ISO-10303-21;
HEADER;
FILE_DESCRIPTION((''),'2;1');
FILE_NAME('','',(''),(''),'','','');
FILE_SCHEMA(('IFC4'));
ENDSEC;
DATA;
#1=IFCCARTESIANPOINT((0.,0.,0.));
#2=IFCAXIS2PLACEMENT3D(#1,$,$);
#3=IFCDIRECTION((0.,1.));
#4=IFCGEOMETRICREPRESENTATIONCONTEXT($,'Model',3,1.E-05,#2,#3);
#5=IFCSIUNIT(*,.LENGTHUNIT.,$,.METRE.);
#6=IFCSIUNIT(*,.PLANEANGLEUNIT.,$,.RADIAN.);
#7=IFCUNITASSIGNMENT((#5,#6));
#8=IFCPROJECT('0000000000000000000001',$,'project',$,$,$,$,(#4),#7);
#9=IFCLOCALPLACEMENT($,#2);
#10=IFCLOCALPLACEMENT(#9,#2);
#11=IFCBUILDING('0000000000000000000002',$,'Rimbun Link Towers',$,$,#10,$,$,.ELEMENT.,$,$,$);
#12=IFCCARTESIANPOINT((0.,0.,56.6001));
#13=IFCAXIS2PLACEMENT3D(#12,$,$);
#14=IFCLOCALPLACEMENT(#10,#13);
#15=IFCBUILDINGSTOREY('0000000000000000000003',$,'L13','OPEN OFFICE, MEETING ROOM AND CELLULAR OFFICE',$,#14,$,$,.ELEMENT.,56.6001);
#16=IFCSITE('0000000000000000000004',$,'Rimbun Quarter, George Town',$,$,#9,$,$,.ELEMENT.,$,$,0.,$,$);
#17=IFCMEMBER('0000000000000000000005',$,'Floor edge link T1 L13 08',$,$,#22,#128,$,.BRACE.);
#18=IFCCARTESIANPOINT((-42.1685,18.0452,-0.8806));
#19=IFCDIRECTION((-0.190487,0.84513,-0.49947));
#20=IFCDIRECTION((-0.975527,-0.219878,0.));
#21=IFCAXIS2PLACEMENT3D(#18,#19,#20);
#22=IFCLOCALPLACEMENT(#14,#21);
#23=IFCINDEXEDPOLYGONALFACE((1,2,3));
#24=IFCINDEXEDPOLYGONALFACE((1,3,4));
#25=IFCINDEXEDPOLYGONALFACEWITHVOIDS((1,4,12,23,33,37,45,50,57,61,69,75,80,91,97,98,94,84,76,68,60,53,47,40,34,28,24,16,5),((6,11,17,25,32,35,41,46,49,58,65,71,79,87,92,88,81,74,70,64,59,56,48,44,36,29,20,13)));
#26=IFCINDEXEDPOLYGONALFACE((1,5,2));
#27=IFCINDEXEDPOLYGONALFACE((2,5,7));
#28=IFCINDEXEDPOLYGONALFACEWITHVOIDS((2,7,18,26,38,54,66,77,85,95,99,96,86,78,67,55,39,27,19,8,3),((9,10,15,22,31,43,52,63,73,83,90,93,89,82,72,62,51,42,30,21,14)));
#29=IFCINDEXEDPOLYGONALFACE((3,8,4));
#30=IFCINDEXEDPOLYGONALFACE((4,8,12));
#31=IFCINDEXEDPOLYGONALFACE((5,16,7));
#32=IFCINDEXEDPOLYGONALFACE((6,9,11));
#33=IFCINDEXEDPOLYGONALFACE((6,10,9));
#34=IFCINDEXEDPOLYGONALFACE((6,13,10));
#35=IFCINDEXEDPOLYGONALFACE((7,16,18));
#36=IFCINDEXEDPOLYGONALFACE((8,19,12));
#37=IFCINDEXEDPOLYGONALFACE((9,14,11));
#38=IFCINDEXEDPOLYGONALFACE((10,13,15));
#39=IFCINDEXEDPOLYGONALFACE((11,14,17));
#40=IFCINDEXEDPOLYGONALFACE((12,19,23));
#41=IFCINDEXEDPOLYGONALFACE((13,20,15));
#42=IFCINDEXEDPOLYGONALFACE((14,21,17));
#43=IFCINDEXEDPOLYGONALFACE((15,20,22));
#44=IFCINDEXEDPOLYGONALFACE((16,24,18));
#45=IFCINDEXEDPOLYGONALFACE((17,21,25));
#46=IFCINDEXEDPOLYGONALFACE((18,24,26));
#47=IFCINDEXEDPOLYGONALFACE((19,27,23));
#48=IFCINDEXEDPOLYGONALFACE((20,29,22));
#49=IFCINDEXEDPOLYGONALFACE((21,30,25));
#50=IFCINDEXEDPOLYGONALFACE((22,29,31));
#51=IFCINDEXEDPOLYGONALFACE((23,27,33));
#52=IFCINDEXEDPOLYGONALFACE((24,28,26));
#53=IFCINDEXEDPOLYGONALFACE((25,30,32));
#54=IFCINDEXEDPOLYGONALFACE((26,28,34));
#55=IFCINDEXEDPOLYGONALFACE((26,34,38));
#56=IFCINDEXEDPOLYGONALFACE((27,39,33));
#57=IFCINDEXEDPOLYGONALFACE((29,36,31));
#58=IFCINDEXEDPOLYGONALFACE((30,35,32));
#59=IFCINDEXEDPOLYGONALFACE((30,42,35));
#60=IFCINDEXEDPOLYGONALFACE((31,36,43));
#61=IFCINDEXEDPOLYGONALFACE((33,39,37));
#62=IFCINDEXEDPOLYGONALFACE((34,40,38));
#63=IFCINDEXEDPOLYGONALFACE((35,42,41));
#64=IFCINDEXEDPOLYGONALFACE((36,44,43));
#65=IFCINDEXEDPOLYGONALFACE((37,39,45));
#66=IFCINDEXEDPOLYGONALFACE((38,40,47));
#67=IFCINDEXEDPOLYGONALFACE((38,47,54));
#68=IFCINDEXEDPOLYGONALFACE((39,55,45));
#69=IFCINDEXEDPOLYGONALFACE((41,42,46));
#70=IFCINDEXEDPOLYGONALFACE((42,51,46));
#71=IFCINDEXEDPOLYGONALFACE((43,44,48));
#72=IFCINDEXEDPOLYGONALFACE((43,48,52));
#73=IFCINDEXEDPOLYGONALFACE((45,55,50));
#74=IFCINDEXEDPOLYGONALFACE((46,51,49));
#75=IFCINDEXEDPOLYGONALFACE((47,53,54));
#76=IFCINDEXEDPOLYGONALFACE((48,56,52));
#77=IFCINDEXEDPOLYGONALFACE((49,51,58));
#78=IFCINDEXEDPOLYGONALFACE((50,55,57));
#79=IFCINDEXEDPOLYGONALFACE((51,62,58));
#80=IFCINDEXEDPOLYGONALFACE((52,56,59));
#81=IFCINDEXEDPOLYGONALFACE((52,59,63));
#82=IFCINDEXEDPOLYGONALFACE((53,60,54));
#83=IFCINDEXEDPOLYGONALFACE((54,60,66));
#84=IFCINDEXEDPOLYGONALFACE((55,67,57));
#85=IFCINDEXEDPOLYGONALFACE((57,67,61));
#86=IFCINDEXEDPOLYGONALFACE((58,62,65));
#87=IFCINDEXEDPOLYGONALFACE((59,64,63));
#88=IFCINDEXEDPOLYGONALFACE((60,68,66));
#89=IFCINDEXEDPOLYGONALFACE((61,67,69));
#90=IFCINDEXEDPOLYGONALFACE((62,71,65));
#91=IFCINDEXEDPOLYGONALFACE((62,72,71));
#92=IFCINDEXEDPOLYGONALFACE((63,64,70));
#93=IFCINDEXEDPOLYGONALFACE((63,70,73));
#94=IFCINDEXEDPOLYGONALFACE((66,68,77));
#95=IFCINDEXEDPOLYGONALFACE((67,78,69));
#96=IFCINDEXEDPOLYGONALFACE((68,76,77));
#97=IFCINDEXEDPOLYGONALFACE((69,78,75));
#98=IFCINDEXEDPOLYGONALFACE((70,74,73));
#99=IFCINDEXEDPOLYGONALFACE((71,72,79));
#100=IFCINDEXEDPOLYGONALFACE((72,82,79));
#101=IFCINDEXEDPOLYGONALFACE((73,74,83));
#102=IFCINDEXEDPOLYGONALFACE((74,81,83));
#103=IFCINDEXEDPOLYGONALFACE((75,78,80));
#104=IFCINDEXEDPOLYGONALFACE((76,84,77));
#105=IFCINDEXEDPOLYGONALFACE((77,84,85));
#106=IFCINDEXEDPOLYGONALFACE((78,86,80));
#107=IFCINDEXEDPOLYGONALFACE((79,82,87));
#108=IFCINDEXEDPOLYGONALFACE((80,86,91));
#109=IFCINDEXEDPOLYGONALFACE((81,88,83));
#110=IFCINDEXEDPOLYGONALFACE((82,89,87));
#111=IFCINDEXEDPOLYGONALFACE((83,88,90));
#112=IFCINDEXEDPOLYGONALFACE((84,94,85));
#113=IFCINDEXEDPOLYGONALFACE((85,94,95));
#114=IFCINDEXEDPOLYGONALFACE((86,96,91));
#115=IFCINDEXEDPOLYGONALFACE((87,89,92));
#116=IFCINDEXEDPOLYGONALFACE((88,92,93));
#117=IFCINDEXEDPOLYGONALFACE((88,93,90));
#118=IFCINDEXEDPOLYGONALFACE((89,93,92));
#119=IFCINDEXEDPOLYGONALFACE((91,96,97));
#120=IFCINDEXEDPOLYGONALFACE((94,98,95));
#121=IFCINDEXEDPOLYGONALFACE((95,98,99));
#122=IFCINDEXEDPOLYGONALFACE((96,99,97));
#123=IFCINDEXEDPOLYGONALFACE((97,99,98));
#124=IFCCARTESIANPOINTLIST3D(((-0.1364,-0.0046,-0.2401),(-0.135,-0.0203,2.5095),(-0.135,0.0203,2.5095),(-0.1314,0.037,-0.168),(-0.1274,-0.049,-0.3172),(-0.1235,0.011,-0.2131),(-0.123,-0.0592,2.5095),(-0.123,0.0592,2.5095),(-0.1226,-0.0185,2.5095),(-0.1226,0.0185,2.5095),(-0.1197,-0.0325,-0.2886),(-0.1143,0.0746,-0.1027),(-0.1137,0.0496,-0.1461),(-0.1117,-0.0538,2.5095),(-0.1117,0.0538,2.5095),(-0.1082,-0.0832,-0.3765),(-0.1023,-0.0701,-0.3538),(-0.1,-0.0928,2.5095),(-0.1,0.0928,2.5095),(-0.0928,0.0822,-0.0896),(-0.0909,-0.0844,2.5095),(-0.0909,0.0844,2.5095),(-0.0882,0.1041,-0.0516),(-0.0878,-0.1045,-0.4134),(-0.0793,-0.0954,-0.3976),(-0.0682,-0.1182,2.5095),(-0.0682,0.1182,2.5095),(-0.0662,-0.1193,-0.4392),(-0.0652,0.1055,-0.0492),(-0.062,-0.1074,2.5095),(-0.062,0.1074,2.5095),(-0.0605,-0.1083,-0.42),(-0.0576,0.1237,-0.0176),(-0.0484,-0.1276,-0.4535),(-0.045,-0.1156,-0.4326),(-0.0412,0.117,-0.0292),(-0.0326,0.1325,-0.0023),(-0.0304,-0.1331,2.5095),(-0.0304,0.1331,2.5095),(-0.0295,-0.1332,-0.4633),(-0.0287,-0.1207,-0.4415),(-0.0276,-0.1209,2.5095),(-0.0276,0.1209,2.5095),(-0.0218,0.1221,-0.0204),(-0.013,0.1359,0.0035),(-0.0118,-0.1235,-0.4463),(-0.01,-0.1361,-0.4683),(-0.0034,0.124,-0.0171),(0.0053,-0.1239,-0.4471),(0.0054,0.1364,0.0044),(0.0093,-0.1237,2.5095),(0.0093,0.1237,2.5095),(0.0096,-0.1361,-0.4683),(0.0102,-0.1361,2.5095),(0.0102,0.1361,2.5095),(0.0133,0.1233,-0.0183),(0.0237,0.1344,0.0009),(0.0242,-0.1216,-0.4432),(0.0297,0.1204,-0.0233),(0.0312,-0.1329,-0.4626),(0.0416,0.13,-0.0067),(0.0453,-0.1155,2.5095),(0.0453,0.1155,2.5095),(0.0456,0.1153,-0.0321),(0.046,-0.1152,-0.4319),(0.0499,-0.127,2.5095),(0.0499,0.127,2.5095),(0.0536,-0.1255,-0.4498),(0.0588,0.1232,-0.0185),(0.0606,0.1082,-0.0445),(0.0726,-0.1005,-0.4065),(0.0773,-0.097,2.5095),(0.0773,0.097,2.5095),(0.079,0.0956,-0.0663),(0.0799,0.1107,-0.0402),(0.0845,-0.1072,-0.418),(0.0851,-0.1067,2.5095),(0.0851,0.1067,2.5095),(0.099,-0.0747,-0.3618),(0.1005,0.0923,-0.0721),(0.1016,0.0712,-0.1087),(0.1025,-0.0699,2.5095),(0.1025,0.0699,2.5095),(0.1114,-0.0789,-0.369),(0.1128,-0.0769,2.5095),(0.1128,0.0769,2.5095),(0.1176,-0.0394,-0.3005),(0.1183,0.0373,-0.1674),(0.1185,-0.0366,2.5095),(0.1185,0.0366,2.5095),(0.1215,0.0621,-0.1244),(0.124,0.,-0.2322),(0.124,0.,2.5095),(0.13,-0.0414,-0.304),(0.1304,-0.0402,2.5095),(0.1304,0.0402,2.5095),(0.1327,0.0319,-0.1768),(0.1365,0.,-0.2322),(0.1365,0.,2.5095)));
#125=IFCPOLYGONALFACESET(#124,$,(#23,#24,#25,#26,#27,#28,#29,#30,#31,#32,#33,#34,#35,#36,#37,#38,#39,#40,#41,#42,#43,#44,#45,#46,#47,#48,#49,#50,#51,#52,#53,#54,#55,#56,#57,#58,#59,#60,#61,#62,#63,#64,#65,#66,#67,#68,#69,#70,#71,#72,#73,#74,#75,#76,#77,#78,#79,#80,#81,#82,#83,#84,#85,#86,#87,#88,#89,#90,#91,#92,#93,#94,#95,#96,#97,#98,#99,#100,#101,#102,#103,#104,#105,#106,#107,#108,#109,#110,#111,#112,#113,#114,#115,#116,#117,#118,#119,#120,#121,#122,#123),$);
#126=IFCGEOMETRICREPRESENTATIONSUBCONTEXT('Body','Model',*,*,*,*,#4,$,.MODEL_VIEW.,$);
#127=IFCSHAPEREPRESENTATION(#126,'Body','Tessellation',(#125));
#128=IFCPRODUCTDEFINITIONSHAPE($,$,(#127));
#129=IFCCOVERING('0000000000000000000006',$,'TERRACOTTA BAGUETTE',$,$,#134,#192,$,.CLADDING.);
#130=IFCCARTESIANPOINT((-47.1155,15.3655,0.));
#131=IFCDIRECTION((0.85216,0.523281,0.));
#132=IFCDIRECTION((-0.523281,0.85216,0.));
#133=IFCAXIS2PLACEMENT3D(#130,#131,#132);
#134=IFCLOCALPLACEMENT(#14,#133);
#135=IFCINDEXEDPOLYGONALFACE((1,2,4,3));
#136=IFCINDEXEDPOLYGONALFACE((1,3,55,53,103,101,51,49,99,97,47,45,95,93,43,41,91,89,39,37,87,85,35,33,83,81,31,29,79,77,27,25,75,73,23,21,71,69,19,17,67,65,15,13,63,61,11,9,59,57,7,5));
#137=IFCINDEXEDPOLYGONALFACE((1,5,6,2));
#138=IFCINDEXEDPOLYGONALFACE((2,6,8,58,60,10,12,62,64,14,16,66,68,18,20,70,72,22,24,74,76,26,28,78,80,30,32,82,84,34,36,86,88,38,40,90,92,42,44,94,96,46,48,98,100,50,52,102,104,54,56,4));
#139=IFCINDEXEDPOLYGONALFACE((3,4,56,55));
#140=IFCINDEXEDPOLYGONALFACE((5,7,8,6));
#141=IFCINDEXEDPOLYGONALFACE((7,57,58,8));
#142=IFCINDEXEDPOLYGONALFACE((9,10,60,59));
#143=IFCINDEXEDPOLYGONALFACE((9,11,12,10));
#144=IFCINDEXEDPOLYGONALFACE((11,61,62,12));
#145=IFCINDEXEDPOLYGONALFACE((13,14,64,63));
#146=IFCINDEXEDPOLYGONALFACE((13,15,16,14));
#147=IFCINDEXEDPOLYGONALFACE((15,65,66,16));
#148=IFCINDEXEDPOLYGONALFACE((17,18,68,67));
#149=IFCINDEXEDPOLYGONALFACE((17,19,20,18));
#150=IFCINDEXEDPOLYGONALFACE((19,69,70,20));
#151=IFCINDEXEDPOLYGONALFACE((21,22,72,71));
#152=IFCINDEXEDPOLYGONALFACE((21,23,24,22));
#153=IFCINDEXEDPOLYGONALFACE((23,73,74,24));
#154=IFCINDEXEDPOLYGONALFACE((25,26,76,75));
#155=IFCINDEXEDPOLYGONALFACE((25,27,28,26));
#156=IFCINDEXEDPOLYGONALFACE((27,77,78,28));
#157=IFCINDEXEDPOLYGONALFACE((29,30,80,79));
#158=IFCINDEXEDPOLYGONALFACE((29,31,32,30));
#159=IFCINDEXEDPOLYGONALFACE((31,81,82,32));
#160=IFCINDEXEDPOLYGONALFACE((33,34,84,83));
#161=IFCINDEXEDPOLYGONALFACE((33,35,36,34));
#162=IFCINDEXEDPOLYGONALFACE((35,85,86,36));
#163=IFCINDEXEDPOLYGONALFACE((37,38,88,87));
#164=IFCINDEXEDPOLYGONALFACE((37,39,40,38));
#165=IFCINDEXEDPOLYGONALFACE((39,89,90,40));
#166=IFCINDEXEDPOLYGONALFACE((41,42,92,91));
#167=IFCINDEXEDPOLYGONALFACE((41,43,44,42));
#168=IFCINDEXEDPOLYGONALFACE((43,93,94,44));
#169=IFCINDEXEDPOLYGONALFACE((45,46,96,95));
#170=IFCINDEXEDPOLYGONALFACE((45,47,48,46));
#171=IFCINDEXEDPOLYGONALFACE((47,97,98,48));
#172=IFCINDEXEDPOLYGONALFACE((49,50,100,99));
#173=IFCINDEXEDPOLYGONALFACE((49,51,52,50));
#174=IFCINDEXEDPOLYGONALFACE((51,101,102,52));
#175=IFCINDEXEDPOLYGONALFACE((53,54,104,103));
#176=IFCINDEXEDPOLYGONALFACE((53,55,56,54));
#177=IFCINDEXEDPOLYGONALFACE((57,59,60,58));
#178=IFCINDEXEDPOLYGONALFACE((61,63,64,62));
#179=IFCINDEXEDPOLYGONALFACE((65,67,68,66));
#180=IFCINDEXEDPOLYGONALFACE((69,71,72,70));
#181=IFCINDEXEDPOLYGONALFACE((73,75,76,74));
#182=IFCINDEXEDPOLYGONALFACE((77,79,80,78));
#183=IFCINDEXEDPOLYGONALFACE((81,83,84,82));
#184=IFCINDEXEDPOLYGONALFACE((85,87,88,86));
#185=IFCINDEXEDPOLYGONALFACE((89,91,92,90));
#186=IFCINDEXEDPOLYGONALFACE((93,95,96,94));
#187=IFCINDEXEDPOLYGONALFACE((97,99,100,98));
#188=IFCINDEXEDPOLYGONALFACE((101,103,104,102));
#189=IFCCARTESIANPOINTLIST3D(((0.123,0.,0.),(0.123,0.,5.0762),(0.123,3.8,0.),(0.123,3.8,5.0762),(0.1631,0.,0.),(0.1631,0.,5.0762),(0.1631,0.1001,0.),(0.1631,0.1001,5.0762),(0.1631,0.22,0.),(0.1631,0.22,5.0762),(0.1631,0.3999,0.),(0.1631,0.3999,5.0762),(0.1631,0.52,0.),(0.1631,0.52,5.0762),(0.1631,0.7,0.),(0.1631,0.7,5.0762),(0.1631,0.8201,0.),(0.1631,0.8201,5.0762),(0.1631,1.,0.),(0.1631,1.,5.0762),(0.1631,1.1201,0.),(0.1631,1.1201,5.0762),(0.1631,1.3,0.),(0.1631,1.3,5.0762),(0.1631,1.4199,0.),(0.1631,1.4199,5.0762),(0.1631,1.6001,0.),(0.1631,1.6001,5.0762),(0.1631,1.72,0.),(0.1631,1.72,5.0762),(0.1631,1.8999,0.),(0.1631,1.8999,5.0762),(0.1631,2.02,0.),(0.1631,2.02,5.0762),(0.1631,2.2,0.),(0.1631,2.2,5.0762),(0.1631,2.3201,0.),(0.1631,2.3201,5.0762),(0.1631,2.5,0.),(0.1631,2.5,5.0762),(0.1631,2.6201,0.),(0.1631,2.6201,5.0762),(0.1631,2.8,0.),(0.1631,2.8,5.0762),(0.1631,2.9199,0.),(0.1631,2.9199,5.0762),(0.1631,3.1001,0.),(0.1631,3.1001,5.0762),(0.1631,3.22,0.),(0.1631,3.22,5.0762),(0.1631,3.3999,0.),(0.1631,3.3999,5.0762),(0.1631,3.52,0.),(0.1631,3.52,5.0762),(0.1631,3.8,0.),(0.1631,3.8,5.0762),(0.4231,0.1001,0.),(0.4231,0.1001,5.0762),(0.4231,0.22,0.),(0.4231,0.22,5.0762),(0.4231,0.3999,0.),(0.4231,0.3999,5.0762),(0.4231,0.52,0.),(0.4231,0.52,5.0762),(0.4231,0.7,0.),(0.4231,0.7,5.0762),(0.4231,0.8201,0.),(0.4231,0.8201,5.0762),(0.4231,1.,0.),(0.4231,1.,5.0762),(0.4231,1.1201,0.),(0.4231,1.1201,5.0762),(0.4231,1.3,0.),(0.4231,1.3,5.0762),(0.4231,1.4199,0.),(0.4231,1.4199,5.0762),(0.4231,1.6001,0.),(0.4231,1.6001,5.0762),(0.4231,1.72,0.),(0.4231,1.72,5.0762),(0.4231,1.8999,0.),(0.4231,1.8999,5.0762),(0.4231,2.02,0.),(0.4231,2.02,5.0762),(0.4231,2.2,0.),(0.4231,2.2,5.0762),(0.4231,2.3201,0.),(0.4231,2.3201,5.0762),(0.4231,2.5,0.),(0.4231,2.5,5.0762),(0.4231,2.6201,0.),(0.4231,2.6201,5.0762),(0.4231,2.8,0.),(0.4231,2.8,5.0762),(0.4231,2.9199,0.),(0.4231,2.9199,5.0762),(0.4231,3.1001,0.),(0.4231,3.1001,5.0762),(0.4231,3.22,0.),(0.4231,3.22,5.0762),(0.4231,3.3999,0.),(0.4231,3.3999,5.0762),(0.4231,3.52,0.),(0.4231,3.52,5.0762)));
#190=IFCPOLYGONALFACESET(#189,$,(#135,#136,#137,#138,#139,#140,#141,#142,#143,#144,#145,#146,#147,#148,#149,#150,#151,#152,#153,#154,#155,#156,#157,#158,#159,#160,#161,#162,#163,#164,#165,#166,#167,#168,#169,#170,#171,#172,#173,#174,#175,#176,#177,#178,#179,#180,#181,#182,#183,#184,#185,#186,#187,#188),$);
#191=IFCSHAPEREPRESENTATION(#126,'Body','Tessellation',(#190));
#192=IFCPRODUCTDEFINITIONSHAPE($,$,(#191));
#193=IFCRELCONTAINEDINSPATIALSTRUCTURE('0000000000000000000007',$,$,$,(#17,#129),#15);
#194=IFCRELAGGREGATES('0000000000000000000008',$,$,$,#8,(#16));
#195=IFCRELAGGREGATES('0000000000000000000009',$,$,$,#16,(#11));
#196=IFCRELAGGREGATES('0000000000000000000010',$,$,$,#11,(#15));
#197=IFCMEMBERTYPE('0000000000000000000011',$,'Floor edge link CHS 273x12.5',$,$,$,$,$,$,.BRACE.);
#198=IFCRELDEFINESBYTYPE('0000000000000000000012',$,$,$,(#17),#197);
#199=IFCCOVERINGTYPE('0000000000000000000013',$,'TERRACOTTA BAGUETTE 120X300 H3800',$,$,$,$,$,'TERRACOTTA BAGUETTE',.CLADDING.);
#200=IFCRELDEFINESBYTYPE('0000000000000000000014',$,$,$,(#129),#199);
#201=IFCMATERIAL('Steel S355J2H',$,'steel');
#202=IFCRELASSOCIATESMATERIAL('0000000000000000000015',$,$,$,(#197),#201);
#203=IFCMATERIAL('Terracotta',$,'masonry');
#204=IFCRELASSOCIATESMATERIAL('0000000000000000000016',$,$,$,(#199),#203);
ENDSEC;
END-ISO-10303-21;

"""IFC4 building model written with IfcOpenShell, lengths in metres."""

from ifc_helpers import new_model, si_unit, direction, frame, origin, origin_2d, place, context, subcontext, project, spatial, polyline, hollow_circle, outline, extrude, clip, halfspace, material, material_profile, profile_set, type_object, element, save


model = new_model("IFC4")

# Units and contexts
model_context = context("Model", 3, precision=1e-05, world=origin(), true_north=direction((0.0, 1.0)))
body_context = subcontext(model_context, "Body", "Model", "MODEL_VIEW")
ifc_project = project(units=[si_unit("LENGTHUNIT", "METRE"), si_unit("PLANEANGLEUNIT", "RADIAN")], contexts=[model_context])

# Site, building, storey
site_placement = place(None, origin())
site = spatial("IfcSite", under=ifc_project, at=site_placement, Name="Rimbun Quarter, George Town", CompositionType="ELEMENT", RefElevation=0.0)
building_placement = place(site_placement, origin())
building = spatial("IfcBuilding", under=site, at=building_placement, Name="Rimbun Link Towers", CompositionType="ELEMENT")
storey_placement = place(building_placement, frame((0.0, 0.0, 56.6001)))
storey = spatial("IfcBuildingStorey", under=building, at=storey_placement, Name="L13", Description="OPEN OFFICE, MEETING ROOM AND CELLULAR OFFICE", CompositionType="ELEMENT", Elevation=56.6001)

# Member
ifc_material_1 = material(Name="Steel S355J2H", Category="steel")
ifc_material_profile_1 = material_profile(ifc_material_1, hollow_circle(Radius=0.1365, WallThickness=0.0125, at=origin_2d()), Name="CHS 273x12.5")
ifc_profile_set_1 = profile_set([ifc_material_profile_1], Name="Steel S355J2H")
member_type_1 = type_object("IfcMemberType", Name="Floor edge link CHS 273x12.5", PredefinedType="BRACE", material=ifc_profile_set_1)
member_1_placement = place(storey_placement, frame((-42.1685, 18.0452, -0.8806), z_axis=(-0.190487, 0.84513, -0.49947), x_axis=(-0.975527, -0.219878, 0.0)))
element("IfcMember", 1, at=member_1_placement, inside=storey, type_object=member_type_1, Name="Floor edge link T1 L13 08", PredefinedType="BRACE", context=body_context, shape_type="Clipping", body=[
    clip(extrude(hollow_circle(Radius=0.1365, WallThickness=0.0125, at=origin_2d()), frame((0.0, 0.0, -0.4934)), (0.0, 0.0, 1.0), 3.0029), halfspace(frame((0.0, 0.0, -0.2322), z_axis=(0.0, 0.866331, -0.49947)), False)),
])

# Covering
ifc_material_2 = material(Name="Terracotta", Category="masonry")
ifc_material_profile_2 = material_profile(ifc_material_2, outline(polyline([(0.123, 0.0), (0.1631, 0.0), (0.1631, 0.1001), (0.4231, 0.1001), (0.4231, 0.22), (0.1631, 0.22), (0.1631, 0.3999), (0.4231, 0.3999), (0.4231, 0.52), (0.1631, 0.52), (0.1631, 0.7), (0.4231, 0.7), (0.4231, 0.8201), (0.1631, 0.8201), (0.1631, 1.0), (0.4231, 1.0), (0.4231, 1.1201), (0.1631, 1.1201), (0.1631, 1.3), (0.4231, 1.3), (0.4231, 1.4199), (0.1631, 1.4199), (0.1631, 1.6001), (0.4231, 1.6001), (0.4231, 1.72), (0.1631, 1.72), (0.1631, 1.8999), (0.4231, 1.8999), (0.4231, 2.02), (0.1631, 2.02), (0.1631, 2.2), (0.4231, 2.2), (0.4231, 2.3201), (0.1631, 2.3201), (0.1631, 2.5), (0.4231, 2.5), (0.4231, 2.6201), (0.1631, 2.6201), (0.1631, 2.8), (0.4231, 2.8), (0.4231, 2.9199), (0.1631, 2.9199), (0.1631, 3.1001), (0.4231, 3.1001), (0.4231, 3.22), (0.1631, 3.22), (0.1631, 3.3999), (0.4231, 3.3999), (0.4231, 3.52), (0.1631, 3.52), (0.1631, 3.8), (0.123, 3.8), (0.123, 0.0)])), Name="BAGUETTE 120X300")
ifc_profile_set_2 = profile_set([ifc_material_profile_2], Name="Terracotta")
covering_type = type_object("IfcCoveringType", Name="TERRACOTTA BAGUETTE 120X300 H3800", ElementType="TERRACOTTA BAGUETTE", PredefinedType="CLADDING", material=ifc_profile_set_2)
covering_1_placement = place(storey_placement, frame((-47.1155, 15.3655, 0.0), z_axis=(0.85216, 0.523281, 0.0), x_axis=(-0.523281, 0.85216, 0.0)))
element("IfcCovering", 2, at=covering_1_placement, inside=storey, type_object=covering_type, Name="TERRACOTTA BAGUETTE", PredefinedType="CLADDING", context=body_context, shape_type="SweptSolid", body=[
    extrude(outline(polyline([(0.123, 0.0), (0.1631, 0.0), (0.1631, 0.1001), (0.4231, 0.1001), (0.4231, 0.22), (0.1631, 0.22), (0.1631, 0.3999), (0.4231, 0.3999), (0.4231, 0.52), (0.1631, 0.52), (0.1631, 0.7), (0.4231, 0.7), (0.4231, 0.8201), (0.1631, 0.8201), (0.1631, 1.0), (0.4231, 1.0), (0.4231, 1.1201), (0.1631, 1.1201), (0.1631, 1.3), (0.4231, 1.3), (0.4231, 1.4199), (0.1631, 1.4199), (0.1631, 1.6001), (0.4231, 1.6001), (0.4231, 1.72), (0.1631, 1.72), (0.1631, 1.8999), (0.4231, 1.8999), (0.4231, 2.02), (0.1631, 2.02), (0.1631, 2.2), (0.4231, 2.2), (0.4231, 2.3201), (0.1631, 2.3201), (0.1631, 2.5), (0.4231, 2.5), (0.4231, 2.6201), (0.1631, 2.6201), (0.1631, 2.8), (0.4231, 2.8), (0.4231, 2.9199), (0.1631, 2.9199), (0.1631, 3.1001), (0.4231, 3.1001), (0.4231, 3.22), (0.1631, 3.22), (0.1631, 3.3999), (0.4231, 3.3999), (0.4231, 3.52), (0.1631, 3.52), (0.1631, 3.8), (0.123, 3.8), (0.123, 0.0)])), origin(), (0.0, 0.0, 1.0), 5.0762),
])

save(model, "model.ifc")
